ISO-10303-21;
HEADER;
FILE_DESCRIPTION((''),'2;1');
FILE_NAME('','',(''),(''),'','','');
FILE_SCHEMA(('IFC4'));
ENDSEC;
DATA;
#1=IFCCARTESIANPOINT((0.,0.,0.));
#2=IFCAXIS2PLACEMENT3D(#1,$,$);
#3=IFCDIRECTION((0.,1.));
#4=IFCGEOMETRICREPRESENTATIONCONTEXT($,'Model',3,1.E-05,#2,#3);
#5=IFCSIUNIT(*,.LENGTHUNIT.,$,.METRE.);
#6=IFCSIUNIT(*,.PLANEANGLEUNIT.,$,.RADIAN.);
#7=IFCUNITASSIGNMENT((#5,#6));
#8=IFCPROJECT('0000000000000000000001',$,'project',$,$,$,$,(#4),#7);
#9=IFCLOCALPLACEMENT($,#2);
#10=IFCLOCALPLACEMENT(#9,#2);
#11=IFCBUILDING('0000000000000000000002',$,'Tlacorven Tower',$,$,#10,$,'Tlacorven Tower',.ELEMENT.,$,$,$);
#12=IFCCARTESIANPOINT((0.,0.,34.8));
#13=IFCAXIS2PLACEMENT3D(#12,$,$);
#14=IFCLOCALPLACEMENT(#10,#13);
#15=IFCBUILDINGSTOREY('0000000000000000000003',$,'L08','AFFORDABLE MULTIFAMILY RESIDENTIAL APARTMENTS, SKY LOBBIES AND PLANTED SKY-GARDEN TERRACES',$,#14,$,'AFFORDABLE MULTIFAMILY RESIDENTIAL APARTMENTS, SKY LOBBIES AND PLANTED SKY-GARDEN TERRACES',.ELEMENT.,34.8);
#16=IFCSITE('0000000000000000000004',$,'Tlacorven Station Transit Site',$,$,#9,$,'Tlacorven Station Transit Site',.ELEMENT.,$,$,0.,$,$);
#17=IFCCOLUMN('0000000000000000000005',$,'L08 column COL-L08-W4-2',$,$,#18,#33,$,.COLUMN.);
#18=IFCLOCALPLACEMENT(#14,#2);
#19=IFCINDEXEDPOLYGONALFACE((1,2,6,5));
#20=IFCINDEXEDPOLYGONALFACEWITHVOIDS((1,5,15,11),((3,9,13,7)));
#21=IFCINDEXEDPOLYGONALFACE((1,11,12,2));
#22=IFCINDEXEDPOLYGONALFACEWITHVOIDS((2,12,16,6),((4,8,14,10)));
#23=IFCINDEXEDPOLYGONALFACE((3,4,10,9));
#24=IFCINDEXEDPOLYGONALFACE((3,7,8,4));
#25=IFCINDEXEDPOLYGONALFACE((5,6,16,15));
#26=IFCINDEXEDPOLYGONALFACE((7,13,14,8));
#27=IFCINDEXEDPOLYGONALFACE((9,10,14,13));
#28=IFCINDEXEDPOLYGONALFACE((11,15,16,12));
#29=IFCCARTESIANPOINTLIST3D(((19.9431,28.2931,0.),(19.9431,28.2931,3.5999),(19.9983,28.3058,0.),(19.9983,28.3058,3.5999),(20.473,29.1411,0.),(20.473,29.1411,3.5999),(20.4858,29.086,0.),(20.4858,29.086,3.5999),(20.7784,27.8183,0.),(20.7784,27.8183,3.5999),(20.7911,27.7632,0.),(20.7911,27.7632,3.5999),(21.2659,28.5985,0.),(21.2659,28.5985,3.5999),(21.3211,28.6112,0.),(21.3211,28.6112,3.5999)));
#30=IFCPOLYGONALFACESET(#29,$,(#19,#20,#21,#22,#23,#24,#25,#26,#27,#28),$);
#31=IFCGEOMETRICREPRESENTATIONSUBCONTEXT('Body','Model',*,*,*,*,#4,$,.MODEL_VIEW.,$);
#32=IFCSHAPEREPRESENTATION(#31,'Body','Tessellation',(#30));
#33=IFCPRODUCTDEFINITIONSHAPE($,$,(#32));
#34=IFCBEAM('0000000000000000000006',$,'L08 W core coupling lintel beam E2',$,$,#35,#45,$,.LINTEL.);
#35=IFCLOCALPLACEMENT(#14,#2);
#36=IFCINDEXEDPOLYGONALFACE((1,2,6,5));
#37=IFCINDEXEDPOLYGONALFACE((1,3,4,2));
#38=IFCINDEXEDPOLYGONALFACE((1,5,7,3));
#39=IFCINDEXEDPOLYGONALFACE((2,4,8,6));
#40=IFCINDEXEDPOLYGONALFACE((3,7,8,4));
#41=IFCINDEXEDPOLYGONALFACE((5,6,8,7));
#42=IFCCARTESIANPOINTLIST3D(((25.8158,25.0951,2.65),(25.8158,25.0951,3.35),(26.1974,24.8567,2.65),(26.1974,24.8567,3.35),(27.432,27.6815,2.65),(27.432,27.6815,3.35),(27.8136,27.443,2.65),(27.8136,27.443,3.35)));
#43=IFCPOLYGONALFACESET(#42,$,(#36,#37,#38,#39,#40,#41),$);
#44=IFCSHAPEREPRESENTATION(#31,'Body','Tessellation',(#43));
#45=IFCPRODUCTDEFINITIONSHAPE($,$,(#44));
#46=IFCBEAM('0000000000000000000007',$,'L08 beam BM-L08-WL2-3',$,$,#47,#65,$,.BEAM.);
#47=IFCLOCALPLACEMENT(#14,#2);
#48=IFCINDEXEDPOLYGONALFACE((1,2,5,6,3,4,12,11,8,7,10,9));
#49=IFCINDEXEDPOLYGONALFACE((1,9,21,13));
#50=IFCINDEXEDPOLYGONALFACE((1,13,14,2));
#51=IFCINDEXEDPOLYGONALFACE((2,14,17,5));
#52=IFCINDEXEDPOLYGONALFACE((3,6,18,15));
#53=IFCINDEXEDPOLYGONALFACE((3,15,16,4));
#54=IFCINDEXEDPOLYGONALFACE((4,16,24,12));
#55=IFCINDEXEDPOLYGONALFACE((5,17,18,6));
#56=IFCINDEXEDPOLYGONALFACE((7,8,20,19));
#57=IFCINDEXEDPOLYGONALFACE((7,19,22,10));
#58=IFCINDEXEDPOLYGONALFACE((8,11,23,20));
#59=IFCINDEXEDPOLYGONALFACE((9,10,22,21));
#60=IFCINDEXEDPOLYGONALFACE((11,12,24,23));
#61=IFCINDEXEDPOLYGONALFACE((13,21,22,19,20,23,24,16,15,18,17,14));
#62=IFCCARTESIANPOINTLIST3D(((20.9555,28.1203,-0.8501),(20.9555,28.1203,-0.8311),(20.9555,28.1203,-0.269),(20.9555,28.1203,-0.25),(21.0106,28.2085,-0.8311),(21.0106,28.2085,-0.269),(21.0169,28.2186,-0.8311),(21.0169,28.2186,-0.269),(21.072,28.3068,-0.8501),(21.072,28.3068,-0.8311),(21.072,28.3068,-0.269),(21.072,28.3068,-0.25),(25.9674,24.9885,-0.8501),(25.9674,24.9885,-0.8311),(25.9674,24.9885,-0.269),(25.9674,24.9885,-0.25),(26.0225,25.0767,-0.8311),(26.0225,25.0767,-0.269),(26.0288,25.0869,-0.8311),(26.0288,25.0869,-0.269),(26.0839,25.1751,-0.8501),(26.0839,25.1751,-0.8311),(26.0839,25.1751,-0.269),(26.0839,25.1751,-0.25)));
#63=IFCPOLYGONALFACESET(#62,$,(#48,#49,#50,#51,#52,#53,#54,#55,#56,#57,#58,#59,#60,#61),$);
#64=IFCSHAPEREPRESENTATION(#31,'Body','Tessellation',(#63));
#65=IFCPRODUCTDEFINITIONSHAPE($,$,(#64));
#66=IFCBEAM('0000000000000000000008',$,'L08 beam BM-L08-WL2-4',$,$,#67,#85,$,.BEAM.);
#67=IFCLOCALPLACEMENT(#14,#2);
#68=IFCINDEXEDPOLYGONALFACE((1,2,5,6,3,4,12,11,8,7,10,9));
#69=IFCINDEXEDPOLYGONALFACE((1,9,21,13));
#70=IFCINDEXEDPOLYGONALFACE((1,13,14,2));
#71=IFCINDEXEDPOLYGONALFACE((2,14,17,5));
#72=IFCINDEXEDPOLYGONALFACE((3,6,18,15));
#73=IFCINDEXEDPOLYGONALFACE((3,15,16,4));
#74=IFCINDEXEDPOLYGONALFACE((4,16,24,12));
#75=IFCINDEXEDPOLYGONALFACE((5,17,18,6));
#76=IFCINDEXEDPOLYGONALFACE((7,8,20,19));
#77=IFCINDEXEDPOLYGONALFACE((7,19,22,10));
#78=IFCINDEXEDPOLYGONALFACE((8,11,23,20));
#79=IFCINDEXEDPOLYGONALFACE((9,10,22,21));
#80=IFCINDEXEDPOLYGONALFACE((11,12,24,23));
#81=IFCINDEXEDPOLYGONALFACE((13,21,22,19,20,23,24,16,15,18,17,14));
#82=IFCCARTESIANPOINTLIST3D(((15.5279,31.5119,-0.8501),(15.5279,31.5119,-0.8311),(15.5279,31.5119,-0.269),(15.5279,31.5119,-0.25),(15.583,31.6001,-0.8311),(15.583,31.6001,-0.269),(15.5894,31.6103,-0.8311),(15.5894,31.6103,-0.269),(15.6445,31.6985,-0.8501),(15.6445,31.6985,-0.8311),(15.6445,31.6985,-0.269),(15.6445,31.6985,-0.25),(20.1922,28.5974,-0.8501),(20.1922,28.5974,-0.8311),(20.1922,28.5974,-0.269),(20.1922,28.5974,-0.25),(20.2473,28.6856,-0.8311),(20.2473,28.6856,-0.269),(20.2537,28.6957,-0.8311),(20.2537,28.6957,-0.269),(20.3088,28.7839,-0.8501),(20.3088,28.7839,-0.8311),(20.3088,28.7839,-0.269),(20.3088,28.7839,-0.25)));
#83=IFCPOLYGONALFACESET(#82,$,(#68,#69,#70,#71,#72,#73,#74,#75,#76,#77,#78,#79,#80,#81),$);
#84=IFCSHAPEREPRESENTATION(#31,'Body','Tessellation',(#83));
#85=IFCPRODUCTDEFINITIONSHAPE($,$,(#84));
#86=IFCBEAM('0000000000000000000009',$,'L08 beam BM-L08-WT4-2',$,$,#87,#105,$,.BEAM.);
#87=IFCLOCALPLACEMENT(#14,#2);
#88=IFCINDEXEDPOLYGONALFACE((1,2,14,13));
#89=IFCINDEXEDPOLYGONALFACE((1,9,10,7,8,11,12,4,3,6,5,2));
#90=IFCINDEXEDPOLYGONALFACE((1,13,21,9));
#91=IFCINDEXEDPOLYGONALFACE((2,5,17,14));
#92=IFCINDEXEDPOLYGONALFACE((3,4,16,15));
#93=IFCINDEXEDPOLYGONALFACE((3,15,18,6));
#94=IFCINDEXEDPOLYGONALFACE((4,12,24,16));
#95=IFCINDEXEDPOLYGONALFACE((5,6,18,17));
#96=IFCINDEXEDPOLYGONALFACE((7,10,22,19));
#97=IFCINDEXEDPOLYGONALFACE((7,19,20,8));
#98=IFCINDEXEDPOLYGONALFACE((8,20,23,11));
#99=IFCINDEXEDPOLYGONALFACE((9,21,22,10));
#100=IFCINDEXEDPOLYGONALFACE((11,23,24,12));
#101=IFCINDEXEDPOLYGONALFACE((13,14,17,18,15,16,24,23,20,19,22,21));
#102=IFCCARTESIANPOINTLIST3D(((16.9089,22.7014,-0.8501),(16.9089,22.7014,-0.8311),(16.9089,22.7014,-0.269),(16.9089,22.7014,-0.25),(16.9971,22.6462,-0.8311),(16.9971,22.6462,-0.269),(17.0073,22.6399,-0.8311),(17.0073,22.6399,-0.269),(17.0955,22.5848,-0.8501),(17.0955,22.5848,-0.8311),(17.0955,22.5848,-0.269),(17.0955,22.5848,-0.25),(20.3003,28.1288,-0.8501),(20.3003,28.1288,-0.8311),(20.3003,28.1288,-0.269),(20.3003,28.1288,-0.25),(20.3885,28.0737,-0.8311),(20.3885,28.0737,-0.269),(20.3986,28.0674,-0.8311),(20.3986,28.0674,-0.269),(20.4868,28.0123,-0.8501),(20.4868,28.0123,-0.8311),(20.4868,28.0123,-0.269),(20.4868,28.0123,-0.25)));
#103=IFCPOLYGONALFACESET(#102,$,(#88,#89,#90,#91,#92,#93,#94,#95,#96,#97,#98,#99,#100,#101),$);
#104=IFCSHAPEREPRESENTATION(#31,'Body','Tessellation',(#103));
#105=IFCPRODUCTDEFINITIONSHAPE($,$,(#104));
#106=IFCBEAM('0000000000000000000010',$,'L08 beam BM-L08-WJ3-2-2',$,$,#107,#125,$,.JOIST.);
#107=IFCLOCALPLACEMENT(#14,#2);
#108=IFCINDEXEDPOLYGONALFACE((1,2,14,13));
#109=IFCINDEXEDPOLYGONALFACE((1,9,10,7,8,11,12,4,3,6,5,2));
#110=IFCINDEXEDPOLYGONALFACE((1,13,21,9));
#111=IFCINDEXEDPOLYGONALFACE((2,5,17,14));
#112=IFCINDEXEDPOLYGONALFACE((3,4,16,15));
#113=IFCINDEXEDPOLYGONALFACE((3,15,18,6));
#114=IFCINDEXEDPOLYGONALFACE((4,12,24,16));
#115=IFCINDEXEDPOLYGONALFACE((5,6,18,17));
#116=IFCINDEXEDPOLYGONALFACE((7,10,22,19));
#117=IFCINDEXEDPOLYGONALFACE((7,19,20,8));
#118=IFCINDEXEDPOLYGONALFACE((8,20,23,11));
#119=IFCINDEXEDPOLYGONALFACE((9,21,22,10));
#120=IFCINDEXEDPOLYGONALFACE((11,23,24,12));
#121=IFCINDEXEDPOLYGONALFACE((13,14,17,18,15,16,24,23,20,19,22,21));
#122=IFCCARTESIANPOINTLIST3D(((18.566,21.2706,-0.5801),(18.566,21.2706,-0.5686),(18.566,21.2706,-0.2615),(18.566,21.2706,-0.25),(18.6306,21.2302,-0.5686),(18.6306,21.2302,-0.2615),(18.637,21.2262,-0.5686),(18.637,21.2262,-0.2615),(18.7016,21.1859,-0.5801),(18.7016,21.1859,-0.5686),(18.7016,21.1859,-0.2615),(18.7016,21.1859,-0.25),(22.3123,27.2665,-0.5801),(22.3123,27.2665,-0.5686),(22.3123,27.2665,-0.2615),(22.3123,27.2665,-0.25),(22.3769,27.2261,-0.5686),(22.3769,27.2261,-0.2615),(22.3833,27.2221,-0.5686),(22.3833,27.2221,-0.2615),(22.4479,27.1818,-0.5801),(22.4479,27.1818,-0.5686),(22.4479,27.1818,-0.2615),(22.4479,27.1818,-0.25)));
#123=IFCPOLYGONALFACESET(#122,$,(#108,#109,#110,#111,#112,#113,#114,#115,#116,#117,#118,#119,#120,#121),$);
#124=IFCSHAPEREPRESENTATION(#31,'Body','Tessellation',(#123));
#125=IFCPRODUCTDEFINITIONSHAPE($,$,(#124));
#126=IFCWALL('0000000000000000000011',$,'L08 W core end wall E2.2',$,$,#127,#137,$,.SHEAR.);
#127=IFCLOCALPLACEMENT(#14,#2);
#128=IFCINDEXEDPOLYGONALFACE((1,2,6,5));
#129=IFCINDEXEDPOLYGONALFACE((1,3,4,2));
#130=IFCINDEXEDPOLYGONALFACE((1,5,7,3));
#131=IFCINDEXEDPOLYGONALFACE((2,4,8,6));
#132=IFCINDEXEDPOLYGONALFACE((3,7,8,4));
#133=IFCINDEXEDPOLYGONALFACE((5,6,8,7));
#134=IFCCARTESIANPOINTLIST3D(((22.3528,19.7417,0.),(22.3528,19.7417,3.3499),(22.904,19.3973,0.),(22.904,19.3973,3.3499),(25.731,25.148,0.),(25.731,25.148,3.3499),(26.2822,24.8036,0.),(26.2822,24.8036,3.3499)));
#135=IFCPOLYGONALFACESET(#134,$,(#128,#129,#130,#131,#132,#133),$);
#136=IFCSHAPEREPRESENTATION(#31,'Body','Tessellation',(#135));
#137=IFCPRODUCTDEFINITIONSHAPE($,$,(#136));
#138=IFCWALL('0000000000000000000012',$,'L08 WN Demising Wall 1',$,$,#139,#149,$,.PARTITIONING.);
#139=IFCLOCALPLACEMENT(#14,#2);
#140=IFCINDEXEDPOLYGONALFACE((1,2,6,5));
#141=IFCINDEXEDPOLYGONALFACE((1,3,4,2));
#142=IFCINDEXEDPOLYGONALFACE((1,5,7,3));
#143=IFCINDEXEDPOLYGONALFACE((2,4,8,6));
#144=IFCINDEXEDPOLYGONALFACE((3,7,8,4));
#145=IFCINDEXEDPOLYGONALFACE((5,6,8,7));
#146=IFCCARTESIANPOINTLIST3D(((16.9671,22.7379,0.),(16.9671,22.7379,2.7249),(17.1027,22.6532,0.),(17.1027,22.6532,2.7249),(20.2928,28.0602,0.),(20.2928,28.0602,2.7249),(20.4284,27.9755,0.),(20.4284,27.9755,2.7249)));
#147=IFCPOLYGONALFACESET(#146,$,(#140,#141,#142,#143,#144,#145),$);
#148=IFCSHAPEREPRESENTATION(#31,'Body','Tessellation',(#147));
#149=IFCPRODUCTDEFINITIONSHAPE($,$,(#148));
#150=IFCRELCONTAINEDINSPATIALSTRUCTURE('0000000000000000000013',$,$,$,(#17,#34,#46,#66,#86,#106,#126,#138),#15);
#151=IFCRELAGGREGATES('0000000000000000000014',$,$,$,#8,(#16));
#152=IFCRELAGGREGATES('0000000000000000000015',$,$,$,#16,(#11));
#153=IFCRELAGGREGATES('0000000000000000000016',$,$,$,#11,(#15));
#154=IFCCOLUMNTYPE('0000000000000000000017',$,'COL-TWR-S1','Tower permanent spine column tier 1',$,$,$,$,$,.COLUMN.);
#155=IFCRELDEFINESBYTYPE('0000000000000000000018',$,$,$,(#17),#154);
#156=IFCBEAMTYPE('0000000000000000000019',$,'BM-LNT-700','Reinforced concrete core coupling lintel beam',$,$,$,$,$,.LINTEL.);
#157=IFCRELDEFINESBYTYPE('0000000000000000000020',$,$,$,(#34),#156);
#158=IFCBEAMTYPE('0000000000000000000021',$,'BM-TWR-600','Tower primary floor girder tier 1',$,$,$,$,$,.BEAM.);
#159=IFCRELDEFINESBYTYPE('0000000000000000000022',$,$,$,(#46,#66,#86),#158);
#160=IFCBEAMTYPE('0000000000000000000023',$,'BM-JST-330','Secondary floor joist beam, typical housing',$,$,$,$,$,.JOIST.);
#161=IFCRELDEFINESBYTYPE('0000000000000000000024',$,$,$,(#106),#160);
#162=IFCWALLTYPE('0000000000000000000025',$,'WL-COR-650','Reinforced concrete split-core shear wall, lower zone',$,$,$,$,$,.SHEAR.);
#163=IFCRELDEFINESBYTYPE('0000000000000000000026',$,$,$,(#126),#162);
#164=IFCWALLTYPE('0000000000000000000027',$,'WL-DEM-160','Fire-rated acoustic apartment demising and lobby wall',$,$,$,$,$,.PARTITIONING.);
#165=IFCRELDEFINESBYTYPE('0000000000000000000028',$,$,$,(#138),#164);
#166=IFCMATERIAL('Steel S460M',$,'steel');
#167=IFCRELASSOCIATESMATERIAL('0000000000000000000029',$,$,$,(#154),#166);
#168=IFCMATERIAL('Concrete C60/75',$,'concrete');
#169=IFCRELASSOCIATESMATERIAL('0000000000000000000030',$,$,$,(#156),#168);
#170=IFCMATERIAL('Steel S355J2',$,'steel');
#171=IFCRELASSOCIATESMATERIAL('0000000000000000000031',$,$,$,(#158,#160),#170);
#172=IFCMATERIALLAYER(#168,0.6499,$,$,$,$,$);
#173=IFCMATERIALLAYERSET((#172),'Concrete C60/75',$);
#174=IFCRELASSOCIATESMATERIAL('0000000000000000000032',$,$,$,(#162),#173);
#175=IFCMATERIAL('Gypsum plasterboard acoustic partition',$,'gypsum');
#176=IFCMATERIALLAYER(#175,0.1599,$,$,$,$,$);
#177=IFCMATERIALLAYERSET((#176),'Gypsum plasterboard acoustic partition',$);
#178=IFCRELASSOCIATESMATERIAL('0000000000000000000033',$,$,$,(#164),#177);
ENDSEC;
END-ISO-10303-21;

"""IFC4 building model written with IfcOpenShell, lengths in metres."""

from ifc_helpers import new_model, si_unit, direction, frame, frame_2d, origin, origin_2d, place, context, subcontext, project, spatial, rectangle, hollow_rectangle, i_section, extrude, source, transform, mapped, material, layer, layer_set, material_profile, profile_set, type_object, element, save


model = new_model("IFC4")

# Units and contexts
model_context = context("Model", 3, precision=1e-05, world=origin(), true_north=direction((0.0, 1.0)))
body_context = subcontext(model_context, "Body", "Model", "MODEL_VIEW")
ifc_project = project(units=[si_unit("LENGTHUNIT", "METRE"), si_unit("PLANEANGLEUNIT", "RADIAN")], contexts=[model_context])

# Site, building, storey
site_placement = place(None, origin())
site = spatial("IfcSite", under=ifc_project, at=site_placement, Name="Tlacorven Station Transit Site", LongName="Tlacorven Station Transit Site", CompositionType="ELEMENT", RefElevation=0.0)
building_placement = place(site_placement, origin())
building = spatial("IfcBuilding", under=site, at=building_placement, Name="Tlacorven Tower", LongName="Tlacorven Tower", CompositionType="ELEMENT")
storey_placement = place(building_placement, frame((0.0, 0.0, 34.8)))
storey = spatial("IfcBuildingStorey", under=building, at=storey_placement, Name="L08", Description="AFFORDABLE MULTIFAMILY RESIDENTIAL APARTMENTS, SKY LOBBIES AND PLANTED SKY-GARDEN TERRACES", LongName="AFFORDABLE MULTIFAMILY RESIDENTIAL APARTMENTS, SKY LOBBIES AND PLANTED SKY-GARDEN TERRACES", CompositionType="ELEMENT", Elevation=34.8)

# Column
ifc_material_1 = material(Name="Steel S460M", Category="steel")
ifc_material_profile_1 = material_profile(ifc_material_1, hollow_rectangle(XDim=1.0, YDim=1.0, WallThickness=0.04, at=origin_2d()), Name="BOX 1000X1000X40")
ifc_profile_set_1 = profile_set([ifc_material_profile_1], Name="Steel S460M")
column_type = type_object("IfcColumnType", Name="COL-TWR-S1", Description="Tower permanent spine column tier 1", PredefinedType="COLUMN", material=ifc_profile_set_1)
shared_shape_1 = source(origin(), body_context, "Body", "SweptSolid", [
    extrude(hollow_rectangle(XDim=1.0, YDim=1.0, WallThickness=0.04, at=origin_2d()), origin(), (0.0, 0.0, 1.0), 3.5999),
])
column_placement = place(storey_placement, frame((20.6321, 28.4521, 0.0), z_axis=(0.0, 0.0, 1.0), x_axis=(-0.848048, 0.529919, 0.0)))
element("IfcColumn", 1, at=column_placement, inside=storey, type_object=column_type, Name="L08 column COL-L08-W4-2", PredefinedType="COLUMN", context=body_context, shape_type="MappedRepresentation", body=[
    mapped(shared_shape_1, transform((0.0, 0.0, 0.0), scale=1.0)),
])

# Beams
ifc_material_2 = material(Name="Concrete C60/75", Category="concrete")
ifc_material_profile_2 = material_profile(ifc_material_2, rectangle(XDim=0.45, YDim=0.7, at=origin_2d()), Name="RC 450X700")
ifc_profile_set_2 = profile_set([ifc_material_profile_2], Name="Concrete C60/75")
beam_type_1 = type_object("IfcBeamType", Name="BM-LNT-700", Description="Reinforced concrete core coupling lintel beam", PredefinedType="LINTEL", material=ifc_profile_set_2)
shared_shape_2 = source(origin(), body_context, "Body", "SweptSolid", [
    extrude(rectangle(XDim=0.45, YDim=0.7, at=origin_2d()), origin(), (0.0, 0.0, 1.0), 3.0498),
])
beam_1_placement = place(storey_placement, frame((27.6228, 27.5623, 3.0), z_axis=(-0.529927, -0.848043, 0.0), x_axis=(0.848043, -0.529927, 0.0)))
element("IfcBeam", 2, at=beam_1_placement, inside=storey, type_object=beam_type_1, Name="L08 W core coupling lintel beam E2", PredefinedType="LINTEL", context=body_context, shape_type="MappedRepresentation", body=[
    mapped(shared_shape_2, transform((0.0, 0.0, 0.0), scale=1.0)),
])
ifc_material_3 = material(Name="Steel S355J2", Category="steel")
ifc_material_profile_3 = material_profile(ifc_material_3, i_section(OverallWidth=0.22, OverallDepth=0.6001, WebThickness=0.012, FlangeThickness=0.019, at=origin_2d()), Name="IPE 600")
ifc_profile_set_3 = profile_set([ifc_material_profile_3], Name="Steel S355J2")
beam_type_2 = type_object("IfcBeamType", Name="BM-TWR-600", Description="Tower primary floor girder tier 1", PredefinedType="BEAM", material=ifc_profile_set_3)
shared_shape_3 = source(origin(), body_context, "Body", "SweptSolid", [
    extrude(i_section(OverallWidth=0.22, OverallDepth=0.6001, WebThickness=0.012, FlangeThickness=0.019, at=origin_2d()), origin(), (0.0, 0.0, 1.0), 5.9099),
])
beam_2_placement = place(storey_placement, frame((26.0256, 25.0818, -0.55), z_axis=(-0.848047, 0.529921, 0.0), x_axis=(-0.529921, -0.848047, 0.0)))
element("IfcBeam", 3, at=beam_2_placement, inside=storey, type_object=beam_type_2, Name="L08 beam BM-L08-WL2-3", PredefinedType="BEAM", context=body_context, shape_type="MappedRepresentation", body=[
    mapped(shared_shape_3, transform((0.0, 0.0, 0.0), scale=1.0)),
])
shared_shape_4 = source(origin(), body_context, "Body", "SweptSolid", [
    extrude(i_section(OverallWidth=0.22, OverallDepth=0.6001, WebThickness=0.012, FlangeThickness=0.019, at=origin_2d()), origin(), (0.0, 0.0, 1.0), 5.5),
])
beam_3_placement = place(storey_placement, frame((20.2505, 28.6907, -0.55), z_axis=(-0.848051, 0.529915, 0.0), x_axis=(-0.529915, -0.848051, 0.0)))
element("IfcBeam", 4, at=beam_3_placement, inside=storey, type_object=beam_type_2, Name="L08 beam BM-L08-WL2-4", PredefinedType="BEAM", context=body_context, shape_type="MappedRepresentation", body=[
    mapped(shared_shape_4, transform((0.0, 0.0, 0.0), scale=1.0)),
])
shared_shape_5 = source(origin(), body_context, "Body", "SweptSolid", [
    extrude(i_section(OverallWidth=0.22, OverallDepth=0.6001, WebThickness=0.012, FlangeThickness=0.019, at=origin_2d()), origin(), (0.0, 0.0, 1.0), 6.3999),
])
beam_4_placement = place(storey_placement, frame((20.3936, 28.0706, -0.55), z_axis=(-0.529906, -0.848056, 0.0), x_axis=(0.848056, -0.529906, 0.0)))
element("IfcBeam", 5, at=beam_4_placement, inside=storey, type_object=beam_type_2, Name="L08 beam BM-L08-WT4-2", PredefinedType="BEAM", context=body_context, shape_type="MappedRepresentation", body=[
    mapped(shared_shape_5, transform((0.0, 0.0, 0.0), scale=1.0)),
])
ifc_material_profile_4 = material_profile(ifc_material_3, i_section(OverallWidth=0.1599, OverallDepth=0.3301, WebThickness=0.0076, FlangeThickness=0.0115, at=origin_2d()), Name="IPE 330")
ifc_profile_set_4 = profile_set([ifc_material_profile_4], Name="Steel S355J2")
beam_type_3 = type_object("IfcBeamType", Name="BM-JST-330", Description="Secondary floor joist beam, typical housing", PredefinedType="JOIST", material=ifc_profile_set_4)
shared_shape_6 = source(origin(), body_context, "Body", "SweptSolid", [
    extrude(i_section(OverallWidth=0.1599, OverallDepth=0.3301, WebThickness=0.0076, FlangeThickness=0.0115, at=origin_2d()), origin(), (0.0, 0.0, 1.0), 7.0701),
])
beam_5_placement = place(storey_placement, frame((22.3801, 27.2241, -0.415), z_axis=(-0.52989, -0.848066, 0.0), x_axis=(0.848066, -0.52989, 0.0)))
element("IfcBeam", 6, at=beam_5_placement, inside=storey, type_object=beam_type_3, Name="L08 beam BM-L08-WJ3-2-2", PredefinedType="JOIST", context=body_context, shape_type="MappedRepresentation", body=[
    mapped(shared_shape_6, transform((0.0, 0.0, 0.0), scale=1.0)),
])

# Walls
ifc_layer_1 = layer(ifc_material_2, 0.6499)
ifc_layer_set_1 = layer_set([ifc_layer_1], Name="Concrete C60/75")
wall_type_1 = type_object("IfcWallType", Name="WL-COR-650", Description="Reinforced concrete split-core shear wall, lower zone", PredefinedType="SHEAR", material=ifc_layer_set_1)
wall_1_placement = place(storey_placement, frame((26.0066, 24.9758, 0.0), z_axis=(0.0, 0.0, 1.0), x_axis=(-0.529916, -0.84805, 0.0)))
element("IfcWall", 7, at=wall_1_placement, inside=storey, type_object=wall_type_1, Name="L08 W core end wall E2.2", PredefinedType="SHEAR", context=body_context, shape_type="SweptSolid", body=[
    extrude(rectangle(XDim=6.375, YDim=0.6499, at=frame_2d((3.1875, 0.0))), origin(), (0.0, 0.0, 1.0), 3.3499),
])
ifc_material_4 = material(Name="Gypsum plasterboard acoustic partition", Category="gypsum")
ifc_layer_2 = layer(ifc_material_4, 0.1599)
ifc_layer_set_2 = layer_set([ifc_layer_2], Name="Gypsum plasterboard acoustic partition")
wall_type_2 = type_object("IfcWallType", Name="WL-DEM-160", Description="Fire-rated acoustic apartment demising and lobby wall", PredefinedType="PARTITIONING", material=ifc_layer_set_2)
wall_2_placement = place(storey_placement, frame((20.3606, 28.0178, 0.0), z_axis=(0.0, 0.0, 1.0), x_axis=(-0.529915, -0.848051, 0.0)))
element("IfcWall", 8, at=wall_2_placement, inside=storey, type_object=wall_type_2, Name="L08 WN Demising Wall 1", PredefinedType="PARTITIONING", context=body_context, shape_type="SweptSolid", body=[
    extrude(rectangle(XDim=6.2759, YDim=0.1599, at=frame_2d((3.1379, 0.0))), origin(), (0.0, 0.0, 1.0), 2.7249),
])

save(model, "model.ifc")
